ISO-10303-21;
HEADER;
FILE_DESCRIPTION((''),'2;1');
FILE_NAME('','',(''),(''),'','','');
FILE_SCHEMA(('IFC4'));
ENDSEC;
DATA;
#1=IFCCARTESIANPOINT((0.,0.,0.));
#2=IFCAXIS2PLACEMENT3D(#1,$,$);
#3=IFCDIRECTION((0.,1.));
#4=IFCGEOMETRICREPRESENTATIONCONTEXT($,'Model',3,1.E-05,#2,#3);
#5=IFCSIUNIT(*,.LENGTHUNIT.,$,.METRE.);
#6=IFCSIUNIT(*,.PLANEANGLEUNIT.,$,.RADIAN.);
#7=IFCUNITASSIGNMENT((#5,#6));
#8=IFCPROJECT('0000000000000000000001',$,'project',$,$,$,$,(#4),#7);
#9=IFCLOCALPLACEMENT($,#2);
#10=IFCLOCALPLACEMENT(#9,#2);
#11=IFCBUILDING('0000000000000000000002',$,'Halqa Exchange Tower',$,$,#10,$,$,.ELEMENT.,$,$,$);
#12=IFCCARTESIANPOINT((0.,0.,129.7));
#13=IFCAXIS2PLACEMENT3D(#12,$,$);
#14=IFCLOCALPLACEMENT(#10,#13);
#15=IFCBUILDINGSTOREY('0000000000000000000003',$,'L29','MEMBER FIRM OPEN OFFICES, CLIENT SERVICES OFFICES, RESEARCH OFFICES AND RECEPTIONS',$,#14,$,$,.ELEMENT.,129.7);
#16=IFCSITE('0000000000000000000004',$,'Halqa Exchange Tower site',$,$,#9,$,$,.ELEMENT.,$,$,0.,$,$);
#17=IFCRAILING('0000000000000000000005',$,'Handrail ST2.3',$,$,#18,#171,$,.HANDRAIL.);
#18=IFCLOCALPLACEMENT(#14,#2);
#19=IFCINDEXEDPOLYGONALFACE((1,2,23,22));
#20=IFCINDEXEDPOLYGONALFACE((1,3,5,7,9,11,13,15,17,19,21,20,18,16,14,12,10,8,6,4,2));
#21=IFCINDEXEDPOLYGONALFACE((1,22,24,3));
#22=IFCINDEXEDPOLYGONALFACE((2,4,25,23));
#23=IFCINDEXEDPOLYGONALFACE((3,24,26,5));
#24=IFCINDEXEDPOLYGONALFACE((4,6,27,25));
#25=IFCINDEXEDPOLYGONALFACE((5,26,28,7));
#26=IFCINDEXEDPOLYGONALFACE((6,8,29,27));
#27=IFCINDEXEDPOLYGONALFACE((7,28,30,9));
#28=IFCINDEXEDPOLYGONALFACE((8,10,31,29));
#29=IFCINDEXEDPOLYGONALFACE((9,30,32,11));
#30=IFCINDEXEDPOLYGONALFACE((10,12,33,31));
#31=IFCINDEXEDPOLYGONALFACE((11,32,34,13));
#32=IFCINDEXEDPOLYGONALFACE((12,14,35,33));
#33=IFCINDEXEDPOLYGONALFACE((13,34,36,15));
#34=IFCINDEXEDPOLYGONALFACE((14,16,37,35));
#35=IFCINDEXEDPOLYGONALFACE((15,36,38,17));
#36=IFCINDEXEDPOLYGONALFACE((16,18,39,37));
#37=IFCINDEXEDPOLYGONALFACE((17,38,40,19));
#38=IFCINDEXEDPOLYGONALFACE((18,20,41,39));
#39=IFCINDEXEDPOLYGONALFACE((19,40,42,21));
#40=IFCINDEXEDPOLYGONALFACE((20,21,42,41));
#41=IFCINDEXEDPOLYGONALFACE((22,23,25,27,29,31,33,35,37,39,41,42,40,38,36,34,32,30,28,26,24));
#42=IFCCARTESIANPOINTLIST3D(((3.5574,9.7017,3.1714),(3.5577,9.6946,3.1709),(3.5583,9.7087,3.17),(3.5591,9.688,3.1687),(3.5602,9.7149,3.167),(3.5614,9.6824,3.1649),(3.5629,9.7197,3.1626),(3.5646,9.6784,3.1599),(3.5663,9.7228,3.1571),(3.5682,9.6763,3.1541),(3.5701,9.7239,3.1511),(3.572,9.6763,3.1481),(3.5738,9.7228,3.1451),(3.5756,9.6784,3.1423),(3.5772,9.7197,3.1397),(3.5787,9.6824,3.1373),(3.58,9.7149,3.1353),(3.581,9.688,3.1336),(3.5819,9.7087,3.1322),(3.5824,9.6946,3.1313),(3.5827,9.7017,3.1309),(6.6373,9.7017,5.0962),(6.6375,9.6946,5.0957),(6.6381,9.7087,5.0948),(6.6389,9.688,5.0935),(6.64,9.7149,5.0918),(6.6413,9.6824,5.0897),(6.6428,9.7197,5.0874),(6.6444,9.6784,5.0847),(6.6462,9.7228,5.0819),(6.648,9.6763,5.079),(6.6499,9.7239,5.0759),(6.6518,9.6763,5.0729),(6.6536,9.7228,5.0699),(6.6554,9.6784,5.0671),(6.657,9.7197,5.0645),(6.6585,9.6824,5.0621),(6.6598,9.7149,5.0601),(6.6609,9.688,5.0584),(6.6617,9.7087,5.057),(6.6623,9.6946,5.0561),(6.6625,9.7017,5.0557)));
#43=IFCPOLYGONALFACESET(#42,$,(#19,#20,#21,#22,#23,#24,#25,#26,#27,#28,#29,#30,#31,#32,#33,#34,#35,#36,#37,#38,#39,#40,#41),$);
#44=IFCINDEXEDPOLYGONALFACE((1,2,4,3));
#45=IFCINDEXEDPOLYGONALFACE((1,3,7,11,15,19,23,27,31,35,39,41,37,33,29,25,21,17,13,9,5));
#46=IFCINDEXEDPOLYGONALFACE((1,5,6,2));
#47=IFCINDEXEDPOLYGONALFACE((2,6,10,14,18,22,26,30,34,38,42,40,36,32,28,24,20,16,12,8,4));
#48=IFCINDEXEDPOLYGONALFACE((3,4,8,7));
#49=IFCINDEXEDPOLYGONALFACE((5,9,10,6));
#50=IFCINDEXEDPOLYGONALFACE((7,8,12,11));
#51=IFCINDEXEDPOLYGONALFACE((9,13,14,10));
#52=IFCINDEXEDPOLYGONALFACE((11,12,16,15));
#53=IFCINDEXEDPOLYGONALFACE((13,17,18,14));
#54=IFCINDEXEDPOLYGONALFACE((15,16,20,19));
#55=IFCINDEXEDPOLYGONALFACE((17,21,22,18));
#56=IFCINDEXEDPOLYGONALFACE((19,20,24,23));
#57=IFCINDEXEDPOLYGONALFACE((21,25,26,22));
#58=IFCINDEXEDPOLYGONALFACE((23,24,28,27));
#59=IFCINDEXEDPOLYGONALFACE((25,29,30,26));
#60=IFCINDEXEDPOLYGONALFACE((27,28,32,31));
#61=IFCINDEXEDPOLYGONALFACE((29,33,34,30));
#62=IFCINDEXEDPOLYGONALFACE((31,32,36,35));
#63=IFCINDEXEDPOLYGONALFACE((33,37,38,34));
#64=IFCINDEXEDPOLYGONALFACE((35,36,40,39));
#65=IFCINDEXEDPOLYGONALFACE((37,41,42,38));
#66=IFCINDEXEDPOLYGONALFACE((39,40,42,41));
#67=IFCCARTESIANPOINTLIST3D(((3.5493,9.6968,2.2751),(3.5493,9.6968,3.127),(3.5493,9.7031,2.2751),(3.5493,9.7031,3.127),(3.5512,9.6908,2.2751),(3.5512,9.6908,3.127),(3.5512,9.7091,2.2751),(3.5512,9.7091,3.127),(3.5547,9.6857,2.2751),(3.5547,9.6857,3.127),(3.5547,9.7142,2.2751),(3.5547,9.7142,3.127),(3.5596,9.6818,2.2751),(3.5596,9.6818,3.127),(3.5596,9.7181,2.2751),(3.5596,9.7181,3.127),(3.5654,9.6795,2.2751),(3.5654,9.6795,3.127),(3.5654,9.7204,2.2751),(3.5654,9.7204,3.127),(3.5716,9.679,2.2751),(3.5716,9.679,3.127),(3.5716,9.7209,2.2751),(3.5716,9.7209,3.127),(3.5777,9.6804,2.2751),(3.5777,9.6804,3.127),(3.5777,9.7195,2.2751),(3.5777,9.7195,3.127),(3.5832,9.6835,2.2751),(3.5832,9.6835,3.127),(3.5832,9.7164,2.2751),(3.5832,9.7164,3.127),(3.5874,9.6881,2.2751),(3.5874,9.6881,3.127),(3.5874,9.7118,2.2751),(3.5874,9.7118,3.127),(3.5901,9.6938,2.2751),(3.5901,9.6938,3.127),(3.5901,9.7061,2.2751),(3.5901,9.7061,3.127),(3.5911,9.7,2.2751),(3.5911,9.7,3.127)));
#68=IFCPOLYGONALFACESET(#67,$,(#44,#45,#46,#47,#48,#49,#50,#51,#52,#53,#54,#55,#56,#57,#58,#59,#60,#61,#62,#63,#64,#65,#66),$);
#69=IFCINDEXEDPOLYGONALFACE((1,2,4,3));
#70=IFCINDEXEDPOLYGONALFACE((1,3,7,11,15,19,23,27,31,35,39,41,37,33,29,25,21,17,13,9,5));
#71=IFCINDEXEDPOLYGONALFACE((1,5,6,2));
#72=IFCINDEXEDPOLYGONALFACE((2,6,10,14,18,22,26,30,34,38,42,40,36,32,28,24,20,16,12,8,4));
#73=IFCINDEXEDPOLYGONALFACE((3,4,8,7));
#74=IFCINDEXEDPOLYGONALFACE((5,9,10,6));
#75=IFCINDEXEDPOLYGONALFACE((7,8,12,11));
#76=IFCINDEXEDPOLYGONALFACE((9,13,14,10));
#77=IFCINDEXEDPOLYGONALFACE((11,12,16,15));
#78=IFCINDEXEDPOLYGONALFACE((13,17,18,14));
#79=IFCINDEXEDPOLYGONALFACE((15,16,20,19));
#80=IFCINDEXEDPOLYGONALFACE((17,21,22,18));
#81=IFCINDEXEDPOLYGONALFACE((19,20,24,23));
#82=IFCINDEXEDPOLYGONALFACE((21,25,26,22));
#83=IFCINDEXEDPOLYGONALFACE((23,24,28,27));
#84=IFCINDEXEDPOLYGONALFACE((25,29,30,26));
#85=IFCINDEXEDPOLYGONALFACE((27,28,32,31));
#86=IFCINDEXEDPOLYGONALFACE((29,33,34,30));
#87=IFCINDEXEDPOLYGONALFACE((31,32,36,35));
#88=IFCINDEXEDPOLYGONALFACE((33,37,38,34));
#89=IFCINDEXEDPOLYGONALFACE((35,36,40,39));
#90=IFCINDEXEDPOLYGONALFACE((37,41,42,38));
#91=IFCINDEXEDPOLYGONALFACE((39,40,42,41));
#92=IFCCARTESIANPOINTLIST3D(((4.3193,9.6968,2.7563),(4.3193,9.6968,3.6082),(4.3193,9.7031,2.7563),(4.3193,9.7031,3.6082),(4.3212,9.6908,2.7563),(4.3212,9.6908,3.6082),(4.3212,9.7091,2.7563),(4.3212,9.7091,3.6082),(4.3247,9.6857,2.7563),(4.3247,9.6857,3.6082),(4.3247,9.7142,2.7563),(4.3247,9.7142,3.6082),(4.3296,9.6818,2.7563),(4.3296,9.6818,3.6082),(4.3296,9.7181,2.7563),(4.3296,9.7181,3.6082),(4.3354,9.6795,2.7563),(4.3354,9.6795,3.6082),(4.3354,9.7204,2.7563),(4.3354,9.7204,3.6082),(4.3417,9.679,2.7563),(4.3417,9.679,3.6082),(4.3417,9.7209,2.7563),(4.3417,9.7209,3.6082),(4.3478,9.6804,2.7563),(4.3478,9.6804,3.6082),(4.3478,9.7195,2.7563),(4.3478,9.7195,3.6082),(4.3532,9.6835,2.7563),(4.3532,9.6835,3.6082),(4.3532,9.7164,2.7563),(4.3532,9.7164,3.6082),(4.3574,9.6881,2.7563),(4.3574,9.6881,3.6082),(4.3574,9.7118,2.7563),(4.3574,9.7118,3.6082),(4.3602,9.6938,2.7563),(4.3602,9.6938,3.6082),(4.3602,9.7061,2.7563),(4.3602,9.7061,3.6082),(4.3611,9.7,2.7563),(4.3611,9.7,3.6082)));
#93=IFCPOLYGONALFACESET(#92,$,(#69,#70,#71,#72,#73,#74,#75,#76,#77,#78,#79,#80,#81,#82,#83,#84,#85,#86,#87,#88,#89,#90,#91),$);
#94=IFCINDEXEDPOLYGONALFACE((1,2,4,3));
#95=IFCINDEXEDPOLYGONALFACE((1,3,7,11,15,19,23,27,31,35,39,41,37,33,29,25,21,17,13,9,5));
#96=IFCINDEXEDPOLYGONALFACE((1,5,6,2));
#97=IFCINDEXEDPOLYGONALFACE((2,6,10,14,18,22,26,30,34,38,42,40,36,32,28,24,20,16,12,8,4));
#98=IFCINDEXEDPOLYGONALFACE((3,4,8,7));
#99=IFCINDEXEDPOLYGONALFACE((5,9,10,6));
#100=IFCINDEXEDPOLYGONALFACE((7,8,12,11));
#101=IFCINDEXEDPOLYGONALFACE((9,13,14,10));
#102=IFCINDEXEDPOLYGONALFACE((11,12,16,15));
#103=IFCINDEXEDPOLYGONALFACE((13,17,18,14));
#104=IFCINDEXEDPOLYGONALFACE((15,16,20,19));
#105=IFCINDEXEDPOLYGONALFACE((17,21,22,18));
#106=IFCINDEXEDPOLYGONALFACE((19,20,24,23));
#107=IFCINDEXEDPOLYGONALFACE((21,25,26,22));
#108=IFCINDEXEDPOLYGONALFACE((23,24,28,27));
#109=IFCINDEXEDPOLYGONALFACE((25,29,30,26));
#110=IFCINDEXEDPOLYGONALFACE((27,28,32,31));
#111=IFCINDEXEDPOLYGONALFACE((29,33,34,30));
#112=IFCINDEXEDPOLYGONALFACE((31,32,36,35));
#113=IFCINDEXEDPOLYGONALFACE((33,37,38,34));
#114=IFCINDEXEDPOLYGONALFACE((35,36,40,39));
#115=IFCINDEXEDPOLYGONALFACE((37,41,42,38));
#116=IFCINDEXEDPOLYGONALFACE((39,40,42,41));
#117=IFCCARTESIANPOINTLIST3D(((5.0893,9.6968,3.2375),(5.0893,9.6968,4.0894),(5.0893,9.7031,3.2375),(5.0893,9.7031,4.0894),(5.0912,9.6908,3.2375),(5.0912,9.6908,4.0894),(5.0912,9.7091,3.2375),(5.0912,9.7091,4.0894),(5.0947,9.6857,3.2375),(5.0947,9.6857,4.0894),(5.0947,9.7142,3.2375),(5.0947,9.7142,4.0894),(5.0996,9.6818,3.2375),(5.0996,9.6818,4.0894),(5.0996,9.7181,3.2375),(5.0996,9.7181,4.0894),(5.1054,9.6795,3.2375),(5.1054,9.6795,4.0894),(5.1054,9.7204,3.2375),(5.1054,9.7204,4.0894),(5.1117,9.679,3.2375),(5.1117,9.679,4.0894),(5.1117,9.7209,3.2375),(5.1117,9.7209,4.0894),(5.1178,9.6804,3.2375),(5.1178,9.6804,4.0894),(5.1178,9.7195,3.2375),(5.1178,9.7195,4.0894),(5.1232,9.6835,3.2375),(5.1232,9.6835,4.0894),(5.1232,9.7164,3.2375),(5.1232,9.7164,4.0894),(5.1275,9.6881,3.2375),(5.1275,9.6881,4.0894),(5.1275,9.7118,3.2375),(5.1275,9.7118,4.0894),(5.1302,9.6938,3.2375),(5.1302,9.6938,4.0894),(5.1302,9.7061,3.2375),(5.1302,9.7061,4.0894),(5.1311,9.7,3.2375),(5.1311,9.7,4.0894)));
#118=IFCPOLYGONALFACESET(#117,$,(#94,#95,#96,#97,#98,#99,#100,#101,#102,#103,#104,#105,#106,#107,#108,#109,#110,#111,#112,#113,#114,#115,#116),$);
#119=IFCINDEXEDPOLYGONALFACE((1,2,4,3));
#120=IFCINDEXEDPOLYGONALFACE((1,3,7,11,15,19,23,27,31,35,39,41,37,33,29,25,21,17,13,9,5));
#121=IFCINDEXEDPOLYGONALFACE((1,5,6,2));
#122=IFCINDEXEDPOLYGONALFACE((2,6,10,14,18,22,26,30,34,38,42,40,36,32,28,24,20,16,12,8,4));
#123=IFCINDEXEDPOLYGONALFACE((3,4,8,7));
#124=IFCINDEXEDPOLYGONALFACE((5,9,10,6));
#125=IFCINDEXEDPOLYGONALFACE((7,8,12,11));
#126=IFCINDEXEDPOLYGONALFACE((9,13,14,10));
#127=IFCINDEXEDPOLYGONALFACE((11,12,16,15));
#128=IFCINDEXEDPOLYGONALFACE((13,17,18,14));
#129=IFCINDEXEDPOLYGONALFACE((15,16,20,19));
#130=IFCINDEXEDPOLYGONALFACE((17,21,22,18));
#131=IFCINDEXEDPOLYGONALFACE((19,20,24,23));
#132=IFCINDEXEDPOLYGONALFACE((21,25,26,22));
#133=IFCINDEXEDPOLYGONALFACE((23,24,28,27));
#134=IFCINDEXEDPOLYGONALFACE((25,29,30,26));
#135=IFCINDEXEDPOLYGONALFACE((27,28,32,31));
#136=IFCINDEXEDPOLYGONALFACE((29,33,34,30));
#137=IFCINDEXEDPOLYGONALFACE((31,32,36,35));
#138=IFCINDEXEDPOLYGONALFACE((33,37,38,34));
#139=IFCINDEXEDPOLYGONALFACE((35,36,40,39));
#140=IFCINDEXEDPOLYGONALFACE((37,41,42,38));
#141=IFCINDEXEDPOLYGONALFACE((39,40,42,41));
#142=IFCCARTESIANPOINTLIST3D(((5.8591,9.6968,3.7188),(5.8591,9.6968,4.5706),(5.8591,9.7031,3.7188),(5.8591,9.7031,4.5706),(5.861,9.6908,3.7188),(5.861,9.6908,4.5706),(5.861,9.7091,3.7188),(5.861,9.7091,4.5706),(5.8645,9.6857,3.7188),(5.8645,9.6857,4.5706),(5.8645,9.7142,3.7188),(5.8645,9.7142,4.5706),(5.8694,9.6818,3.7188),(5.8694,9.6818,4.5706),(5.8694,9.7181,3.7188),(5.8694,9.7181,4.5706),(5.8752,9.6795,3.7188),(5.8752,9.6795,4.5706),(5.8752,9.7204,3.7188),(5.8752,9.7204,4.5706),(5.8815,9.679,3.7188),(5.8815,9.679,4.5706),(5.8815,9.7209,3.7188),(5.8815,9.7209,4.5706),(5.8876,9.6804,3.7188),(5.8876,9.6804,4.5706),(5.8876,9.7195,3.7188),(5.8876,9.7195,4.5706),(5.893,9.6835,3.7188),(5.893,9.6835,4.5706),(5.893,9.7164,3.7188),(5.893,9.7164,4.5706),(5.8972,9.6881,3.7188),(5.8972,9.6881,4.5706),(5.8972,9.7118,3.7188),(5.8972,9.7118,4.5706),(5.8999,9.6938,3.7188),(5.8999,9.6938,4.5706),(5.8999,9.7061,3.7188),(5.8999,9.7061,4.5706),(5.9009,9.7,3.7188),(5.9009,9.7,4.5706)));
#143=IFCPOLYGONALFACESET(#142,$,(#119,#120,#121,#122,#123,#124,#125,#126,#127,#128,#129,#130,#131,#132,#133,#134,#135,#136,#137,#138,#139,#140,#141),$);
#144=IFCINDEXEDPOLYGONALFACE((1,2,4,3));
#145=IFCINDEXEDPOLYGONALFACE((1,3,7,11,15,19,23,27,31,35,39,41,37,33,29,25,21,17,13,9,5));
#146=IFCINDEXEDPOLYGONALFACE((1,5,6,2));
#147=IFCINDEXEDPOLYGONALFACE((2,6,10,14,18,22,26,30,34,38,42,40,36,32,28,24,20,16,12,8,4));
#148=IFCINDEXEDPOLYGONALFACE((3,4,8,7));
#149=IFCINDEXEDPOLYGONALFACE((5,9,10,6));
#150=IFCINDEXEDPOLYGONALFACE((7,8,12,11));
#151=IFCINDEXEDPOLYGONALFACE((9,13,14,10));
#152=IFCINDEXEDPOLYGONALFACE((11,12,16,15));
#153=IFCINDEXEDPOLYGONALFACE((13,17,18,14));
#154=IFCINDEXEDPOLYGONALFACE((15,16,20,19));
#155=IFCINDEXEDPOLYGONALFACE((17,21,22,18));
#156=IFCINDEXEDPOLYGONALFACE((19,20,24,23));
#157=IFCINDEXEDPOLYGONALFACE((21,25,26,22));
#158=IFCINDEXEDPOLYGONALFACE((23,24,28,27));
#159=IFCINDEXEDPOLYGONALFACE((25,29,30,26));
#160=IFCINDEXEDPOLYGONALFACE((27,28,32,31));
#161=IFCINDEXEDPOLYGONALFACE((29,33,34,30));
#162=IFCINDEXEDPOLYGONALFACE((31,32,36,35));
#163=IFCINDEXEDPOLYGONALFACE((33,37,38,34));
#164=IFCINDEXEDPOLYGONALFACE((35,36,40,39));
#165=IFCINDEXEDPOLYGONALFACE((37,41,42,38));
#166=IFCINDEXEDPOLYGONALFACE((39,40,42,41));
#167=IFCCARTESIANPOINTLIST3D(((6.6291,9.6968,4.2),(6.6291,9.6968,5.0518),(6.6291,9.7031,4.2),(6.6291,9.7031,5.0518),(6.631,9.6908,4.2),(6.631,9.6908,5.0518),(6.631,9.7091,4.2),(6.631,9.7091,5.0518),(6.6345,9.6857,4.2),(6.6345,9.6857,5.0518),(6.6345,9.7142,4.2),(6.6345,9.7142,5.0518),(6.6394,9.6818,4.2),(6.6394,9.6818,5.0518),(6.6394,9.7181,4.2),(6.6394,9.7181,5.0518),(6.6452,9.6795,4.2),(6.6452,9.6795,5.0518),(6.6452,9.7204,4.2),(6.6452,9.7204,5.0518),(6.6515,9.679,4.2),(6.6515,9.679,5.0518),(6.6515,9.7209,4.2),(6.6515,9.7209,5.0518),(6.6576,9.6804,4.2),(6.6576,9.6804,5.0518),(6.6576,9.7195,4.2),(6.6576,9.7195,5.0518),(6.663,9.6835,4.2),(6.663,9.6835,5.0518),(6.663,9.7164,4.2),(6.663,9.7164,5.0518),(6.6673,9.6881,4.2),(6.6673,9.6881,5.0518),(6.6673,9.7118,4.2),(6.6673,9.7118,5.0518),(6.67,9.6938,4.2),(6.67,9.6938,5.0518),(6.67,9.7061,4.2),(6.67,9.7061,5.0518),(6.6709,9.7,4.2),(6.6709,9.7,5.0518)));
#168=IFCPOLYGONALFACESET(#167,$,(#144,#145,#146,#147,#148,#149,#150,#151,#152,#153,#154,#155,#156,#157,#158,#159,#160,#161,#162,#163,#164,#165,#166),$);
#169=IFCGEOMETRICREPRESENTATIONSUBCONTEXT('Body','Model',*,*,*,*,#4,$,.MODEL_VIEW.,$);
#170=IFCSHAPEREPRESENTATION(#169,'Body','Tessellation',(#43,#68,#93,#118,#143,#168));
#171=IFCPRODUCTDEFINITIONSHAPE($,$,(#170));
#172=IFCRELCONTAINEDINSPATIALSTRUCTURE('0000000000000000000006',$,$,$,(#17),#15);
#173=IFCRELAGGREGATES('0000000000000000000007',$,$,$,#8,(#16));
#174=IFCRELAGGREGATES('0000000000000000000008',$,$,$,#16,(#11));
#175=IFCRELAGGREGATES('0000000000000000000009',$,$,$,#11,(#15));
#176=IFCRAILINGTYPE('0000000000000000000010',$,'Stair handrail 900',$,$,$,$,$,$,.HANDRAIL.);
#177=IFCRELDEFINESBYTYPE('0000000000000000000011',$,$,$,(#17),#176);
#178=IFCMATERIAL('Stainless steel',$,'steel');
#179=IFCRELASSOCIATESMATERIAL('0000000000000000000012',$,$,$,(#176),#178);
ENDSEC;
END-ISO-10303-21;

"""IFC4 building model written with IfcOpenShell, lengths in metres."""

from ifc_helpers import new_model, si_unit, direction, frame, origin, origin_2d, place, context, subcontext, project, spatial, circle, extrude, material, type_object, element, save


model = new_model("IFC4")

# Units and contexts
model_context = context("Model", 3, precision=1e-05, world=origin(), true_north=direction((0.0, 1.0)))
body_context = subcontext(model_context, "Body", "Model", "MODEL_VIEW")
ifc_project = project(units=[si_unit("LENGTHUNIT", "METRE"), si_unit("PLANEANGLEUNIT", "RADIAN")], contexts=[model_context])

# Site, building, storey
site_placement = place(None, origin())
site = spatial("IfcSite", under=ifc_project, at=site_placement, Name="Halqa Exchange Tower site", CompositionType="ELEMENT", RefElevation=0.0)
building_placement = place(site_placement, origin())
building = spatial("IfcBuilding", under=site, at=building_placement, Name="Halqa Exchange Tower", CompositionType="ELEMENT")
storey_placement = place(building_placement, frame((0.0, 0.0, 129.7)))
storey = spatial("IfcBuildingStorey", under=building, at=storey_placement, Name="L29", Description="MEMBER FIRM OPEN OFFICES, CLIENT SERVICES OFFICES, RESEARCH OFFICES AND RECEPTIONS", CompositionType="ELEMENT", Elevation=129.7)

# Railing
ifc_material_1 = material(Name="Stainless steel", Category="steel")
railing_type_1 = type_object("IfcRailingType", Name="Stair handrail 900", PredefinedType="HANDRAIL", material=ifc_material_1)
railing_1_placement = place(storey_placement, frame((3.5701, 9.7, 2.2751)))
element("IfcRailing", 1, at=railing_1_placement, inside=storey, type_object=railing_type_1, Name="Handrail ST2.3", PredefinedType="HANDRAIL", context=body_context, shape_type="SweptSolid", body=[
    extrude(circle(Radius=0.0239, at=origin_2d()), frame((0.0, 0.0, 0.876), z_axis=(0.84801, 0.0, 0.529981), x_axis=(0.0, 1.0, 0.0)), (0.0, 0.0, 1.0), 3.6318),
    extrude(circle(Radius=0.021, at=origin_2d()), origin(), (0.0, 0.0, 1.0), 0.8518),
    extrude(circle(Radius=0.021, at=origin_2d()), frame((0.77, 0.0, 0.4812)), (0.0, 0.0, 1.0), 0.8518),
    extrude(circle(Radius=0.021, at=origin_2d()), frame((1.54, 0.0, 0.9624)), (0.0, 0.0, 1.0), 0.8518),
    extrude(circle(Radius=0.021, at=origin_2d()), frame((2.3098, 0.0, 1.4436)), (0.0, 0.0, 1.0), 0.8518),
    extrude(circle(Radius=0.021, at=origin_2d()), frame((3.0798, 0.0, 1.9248)), (0.0, 0.0, 1.0), 0.8518),
])

save(model, "model.ifc")
